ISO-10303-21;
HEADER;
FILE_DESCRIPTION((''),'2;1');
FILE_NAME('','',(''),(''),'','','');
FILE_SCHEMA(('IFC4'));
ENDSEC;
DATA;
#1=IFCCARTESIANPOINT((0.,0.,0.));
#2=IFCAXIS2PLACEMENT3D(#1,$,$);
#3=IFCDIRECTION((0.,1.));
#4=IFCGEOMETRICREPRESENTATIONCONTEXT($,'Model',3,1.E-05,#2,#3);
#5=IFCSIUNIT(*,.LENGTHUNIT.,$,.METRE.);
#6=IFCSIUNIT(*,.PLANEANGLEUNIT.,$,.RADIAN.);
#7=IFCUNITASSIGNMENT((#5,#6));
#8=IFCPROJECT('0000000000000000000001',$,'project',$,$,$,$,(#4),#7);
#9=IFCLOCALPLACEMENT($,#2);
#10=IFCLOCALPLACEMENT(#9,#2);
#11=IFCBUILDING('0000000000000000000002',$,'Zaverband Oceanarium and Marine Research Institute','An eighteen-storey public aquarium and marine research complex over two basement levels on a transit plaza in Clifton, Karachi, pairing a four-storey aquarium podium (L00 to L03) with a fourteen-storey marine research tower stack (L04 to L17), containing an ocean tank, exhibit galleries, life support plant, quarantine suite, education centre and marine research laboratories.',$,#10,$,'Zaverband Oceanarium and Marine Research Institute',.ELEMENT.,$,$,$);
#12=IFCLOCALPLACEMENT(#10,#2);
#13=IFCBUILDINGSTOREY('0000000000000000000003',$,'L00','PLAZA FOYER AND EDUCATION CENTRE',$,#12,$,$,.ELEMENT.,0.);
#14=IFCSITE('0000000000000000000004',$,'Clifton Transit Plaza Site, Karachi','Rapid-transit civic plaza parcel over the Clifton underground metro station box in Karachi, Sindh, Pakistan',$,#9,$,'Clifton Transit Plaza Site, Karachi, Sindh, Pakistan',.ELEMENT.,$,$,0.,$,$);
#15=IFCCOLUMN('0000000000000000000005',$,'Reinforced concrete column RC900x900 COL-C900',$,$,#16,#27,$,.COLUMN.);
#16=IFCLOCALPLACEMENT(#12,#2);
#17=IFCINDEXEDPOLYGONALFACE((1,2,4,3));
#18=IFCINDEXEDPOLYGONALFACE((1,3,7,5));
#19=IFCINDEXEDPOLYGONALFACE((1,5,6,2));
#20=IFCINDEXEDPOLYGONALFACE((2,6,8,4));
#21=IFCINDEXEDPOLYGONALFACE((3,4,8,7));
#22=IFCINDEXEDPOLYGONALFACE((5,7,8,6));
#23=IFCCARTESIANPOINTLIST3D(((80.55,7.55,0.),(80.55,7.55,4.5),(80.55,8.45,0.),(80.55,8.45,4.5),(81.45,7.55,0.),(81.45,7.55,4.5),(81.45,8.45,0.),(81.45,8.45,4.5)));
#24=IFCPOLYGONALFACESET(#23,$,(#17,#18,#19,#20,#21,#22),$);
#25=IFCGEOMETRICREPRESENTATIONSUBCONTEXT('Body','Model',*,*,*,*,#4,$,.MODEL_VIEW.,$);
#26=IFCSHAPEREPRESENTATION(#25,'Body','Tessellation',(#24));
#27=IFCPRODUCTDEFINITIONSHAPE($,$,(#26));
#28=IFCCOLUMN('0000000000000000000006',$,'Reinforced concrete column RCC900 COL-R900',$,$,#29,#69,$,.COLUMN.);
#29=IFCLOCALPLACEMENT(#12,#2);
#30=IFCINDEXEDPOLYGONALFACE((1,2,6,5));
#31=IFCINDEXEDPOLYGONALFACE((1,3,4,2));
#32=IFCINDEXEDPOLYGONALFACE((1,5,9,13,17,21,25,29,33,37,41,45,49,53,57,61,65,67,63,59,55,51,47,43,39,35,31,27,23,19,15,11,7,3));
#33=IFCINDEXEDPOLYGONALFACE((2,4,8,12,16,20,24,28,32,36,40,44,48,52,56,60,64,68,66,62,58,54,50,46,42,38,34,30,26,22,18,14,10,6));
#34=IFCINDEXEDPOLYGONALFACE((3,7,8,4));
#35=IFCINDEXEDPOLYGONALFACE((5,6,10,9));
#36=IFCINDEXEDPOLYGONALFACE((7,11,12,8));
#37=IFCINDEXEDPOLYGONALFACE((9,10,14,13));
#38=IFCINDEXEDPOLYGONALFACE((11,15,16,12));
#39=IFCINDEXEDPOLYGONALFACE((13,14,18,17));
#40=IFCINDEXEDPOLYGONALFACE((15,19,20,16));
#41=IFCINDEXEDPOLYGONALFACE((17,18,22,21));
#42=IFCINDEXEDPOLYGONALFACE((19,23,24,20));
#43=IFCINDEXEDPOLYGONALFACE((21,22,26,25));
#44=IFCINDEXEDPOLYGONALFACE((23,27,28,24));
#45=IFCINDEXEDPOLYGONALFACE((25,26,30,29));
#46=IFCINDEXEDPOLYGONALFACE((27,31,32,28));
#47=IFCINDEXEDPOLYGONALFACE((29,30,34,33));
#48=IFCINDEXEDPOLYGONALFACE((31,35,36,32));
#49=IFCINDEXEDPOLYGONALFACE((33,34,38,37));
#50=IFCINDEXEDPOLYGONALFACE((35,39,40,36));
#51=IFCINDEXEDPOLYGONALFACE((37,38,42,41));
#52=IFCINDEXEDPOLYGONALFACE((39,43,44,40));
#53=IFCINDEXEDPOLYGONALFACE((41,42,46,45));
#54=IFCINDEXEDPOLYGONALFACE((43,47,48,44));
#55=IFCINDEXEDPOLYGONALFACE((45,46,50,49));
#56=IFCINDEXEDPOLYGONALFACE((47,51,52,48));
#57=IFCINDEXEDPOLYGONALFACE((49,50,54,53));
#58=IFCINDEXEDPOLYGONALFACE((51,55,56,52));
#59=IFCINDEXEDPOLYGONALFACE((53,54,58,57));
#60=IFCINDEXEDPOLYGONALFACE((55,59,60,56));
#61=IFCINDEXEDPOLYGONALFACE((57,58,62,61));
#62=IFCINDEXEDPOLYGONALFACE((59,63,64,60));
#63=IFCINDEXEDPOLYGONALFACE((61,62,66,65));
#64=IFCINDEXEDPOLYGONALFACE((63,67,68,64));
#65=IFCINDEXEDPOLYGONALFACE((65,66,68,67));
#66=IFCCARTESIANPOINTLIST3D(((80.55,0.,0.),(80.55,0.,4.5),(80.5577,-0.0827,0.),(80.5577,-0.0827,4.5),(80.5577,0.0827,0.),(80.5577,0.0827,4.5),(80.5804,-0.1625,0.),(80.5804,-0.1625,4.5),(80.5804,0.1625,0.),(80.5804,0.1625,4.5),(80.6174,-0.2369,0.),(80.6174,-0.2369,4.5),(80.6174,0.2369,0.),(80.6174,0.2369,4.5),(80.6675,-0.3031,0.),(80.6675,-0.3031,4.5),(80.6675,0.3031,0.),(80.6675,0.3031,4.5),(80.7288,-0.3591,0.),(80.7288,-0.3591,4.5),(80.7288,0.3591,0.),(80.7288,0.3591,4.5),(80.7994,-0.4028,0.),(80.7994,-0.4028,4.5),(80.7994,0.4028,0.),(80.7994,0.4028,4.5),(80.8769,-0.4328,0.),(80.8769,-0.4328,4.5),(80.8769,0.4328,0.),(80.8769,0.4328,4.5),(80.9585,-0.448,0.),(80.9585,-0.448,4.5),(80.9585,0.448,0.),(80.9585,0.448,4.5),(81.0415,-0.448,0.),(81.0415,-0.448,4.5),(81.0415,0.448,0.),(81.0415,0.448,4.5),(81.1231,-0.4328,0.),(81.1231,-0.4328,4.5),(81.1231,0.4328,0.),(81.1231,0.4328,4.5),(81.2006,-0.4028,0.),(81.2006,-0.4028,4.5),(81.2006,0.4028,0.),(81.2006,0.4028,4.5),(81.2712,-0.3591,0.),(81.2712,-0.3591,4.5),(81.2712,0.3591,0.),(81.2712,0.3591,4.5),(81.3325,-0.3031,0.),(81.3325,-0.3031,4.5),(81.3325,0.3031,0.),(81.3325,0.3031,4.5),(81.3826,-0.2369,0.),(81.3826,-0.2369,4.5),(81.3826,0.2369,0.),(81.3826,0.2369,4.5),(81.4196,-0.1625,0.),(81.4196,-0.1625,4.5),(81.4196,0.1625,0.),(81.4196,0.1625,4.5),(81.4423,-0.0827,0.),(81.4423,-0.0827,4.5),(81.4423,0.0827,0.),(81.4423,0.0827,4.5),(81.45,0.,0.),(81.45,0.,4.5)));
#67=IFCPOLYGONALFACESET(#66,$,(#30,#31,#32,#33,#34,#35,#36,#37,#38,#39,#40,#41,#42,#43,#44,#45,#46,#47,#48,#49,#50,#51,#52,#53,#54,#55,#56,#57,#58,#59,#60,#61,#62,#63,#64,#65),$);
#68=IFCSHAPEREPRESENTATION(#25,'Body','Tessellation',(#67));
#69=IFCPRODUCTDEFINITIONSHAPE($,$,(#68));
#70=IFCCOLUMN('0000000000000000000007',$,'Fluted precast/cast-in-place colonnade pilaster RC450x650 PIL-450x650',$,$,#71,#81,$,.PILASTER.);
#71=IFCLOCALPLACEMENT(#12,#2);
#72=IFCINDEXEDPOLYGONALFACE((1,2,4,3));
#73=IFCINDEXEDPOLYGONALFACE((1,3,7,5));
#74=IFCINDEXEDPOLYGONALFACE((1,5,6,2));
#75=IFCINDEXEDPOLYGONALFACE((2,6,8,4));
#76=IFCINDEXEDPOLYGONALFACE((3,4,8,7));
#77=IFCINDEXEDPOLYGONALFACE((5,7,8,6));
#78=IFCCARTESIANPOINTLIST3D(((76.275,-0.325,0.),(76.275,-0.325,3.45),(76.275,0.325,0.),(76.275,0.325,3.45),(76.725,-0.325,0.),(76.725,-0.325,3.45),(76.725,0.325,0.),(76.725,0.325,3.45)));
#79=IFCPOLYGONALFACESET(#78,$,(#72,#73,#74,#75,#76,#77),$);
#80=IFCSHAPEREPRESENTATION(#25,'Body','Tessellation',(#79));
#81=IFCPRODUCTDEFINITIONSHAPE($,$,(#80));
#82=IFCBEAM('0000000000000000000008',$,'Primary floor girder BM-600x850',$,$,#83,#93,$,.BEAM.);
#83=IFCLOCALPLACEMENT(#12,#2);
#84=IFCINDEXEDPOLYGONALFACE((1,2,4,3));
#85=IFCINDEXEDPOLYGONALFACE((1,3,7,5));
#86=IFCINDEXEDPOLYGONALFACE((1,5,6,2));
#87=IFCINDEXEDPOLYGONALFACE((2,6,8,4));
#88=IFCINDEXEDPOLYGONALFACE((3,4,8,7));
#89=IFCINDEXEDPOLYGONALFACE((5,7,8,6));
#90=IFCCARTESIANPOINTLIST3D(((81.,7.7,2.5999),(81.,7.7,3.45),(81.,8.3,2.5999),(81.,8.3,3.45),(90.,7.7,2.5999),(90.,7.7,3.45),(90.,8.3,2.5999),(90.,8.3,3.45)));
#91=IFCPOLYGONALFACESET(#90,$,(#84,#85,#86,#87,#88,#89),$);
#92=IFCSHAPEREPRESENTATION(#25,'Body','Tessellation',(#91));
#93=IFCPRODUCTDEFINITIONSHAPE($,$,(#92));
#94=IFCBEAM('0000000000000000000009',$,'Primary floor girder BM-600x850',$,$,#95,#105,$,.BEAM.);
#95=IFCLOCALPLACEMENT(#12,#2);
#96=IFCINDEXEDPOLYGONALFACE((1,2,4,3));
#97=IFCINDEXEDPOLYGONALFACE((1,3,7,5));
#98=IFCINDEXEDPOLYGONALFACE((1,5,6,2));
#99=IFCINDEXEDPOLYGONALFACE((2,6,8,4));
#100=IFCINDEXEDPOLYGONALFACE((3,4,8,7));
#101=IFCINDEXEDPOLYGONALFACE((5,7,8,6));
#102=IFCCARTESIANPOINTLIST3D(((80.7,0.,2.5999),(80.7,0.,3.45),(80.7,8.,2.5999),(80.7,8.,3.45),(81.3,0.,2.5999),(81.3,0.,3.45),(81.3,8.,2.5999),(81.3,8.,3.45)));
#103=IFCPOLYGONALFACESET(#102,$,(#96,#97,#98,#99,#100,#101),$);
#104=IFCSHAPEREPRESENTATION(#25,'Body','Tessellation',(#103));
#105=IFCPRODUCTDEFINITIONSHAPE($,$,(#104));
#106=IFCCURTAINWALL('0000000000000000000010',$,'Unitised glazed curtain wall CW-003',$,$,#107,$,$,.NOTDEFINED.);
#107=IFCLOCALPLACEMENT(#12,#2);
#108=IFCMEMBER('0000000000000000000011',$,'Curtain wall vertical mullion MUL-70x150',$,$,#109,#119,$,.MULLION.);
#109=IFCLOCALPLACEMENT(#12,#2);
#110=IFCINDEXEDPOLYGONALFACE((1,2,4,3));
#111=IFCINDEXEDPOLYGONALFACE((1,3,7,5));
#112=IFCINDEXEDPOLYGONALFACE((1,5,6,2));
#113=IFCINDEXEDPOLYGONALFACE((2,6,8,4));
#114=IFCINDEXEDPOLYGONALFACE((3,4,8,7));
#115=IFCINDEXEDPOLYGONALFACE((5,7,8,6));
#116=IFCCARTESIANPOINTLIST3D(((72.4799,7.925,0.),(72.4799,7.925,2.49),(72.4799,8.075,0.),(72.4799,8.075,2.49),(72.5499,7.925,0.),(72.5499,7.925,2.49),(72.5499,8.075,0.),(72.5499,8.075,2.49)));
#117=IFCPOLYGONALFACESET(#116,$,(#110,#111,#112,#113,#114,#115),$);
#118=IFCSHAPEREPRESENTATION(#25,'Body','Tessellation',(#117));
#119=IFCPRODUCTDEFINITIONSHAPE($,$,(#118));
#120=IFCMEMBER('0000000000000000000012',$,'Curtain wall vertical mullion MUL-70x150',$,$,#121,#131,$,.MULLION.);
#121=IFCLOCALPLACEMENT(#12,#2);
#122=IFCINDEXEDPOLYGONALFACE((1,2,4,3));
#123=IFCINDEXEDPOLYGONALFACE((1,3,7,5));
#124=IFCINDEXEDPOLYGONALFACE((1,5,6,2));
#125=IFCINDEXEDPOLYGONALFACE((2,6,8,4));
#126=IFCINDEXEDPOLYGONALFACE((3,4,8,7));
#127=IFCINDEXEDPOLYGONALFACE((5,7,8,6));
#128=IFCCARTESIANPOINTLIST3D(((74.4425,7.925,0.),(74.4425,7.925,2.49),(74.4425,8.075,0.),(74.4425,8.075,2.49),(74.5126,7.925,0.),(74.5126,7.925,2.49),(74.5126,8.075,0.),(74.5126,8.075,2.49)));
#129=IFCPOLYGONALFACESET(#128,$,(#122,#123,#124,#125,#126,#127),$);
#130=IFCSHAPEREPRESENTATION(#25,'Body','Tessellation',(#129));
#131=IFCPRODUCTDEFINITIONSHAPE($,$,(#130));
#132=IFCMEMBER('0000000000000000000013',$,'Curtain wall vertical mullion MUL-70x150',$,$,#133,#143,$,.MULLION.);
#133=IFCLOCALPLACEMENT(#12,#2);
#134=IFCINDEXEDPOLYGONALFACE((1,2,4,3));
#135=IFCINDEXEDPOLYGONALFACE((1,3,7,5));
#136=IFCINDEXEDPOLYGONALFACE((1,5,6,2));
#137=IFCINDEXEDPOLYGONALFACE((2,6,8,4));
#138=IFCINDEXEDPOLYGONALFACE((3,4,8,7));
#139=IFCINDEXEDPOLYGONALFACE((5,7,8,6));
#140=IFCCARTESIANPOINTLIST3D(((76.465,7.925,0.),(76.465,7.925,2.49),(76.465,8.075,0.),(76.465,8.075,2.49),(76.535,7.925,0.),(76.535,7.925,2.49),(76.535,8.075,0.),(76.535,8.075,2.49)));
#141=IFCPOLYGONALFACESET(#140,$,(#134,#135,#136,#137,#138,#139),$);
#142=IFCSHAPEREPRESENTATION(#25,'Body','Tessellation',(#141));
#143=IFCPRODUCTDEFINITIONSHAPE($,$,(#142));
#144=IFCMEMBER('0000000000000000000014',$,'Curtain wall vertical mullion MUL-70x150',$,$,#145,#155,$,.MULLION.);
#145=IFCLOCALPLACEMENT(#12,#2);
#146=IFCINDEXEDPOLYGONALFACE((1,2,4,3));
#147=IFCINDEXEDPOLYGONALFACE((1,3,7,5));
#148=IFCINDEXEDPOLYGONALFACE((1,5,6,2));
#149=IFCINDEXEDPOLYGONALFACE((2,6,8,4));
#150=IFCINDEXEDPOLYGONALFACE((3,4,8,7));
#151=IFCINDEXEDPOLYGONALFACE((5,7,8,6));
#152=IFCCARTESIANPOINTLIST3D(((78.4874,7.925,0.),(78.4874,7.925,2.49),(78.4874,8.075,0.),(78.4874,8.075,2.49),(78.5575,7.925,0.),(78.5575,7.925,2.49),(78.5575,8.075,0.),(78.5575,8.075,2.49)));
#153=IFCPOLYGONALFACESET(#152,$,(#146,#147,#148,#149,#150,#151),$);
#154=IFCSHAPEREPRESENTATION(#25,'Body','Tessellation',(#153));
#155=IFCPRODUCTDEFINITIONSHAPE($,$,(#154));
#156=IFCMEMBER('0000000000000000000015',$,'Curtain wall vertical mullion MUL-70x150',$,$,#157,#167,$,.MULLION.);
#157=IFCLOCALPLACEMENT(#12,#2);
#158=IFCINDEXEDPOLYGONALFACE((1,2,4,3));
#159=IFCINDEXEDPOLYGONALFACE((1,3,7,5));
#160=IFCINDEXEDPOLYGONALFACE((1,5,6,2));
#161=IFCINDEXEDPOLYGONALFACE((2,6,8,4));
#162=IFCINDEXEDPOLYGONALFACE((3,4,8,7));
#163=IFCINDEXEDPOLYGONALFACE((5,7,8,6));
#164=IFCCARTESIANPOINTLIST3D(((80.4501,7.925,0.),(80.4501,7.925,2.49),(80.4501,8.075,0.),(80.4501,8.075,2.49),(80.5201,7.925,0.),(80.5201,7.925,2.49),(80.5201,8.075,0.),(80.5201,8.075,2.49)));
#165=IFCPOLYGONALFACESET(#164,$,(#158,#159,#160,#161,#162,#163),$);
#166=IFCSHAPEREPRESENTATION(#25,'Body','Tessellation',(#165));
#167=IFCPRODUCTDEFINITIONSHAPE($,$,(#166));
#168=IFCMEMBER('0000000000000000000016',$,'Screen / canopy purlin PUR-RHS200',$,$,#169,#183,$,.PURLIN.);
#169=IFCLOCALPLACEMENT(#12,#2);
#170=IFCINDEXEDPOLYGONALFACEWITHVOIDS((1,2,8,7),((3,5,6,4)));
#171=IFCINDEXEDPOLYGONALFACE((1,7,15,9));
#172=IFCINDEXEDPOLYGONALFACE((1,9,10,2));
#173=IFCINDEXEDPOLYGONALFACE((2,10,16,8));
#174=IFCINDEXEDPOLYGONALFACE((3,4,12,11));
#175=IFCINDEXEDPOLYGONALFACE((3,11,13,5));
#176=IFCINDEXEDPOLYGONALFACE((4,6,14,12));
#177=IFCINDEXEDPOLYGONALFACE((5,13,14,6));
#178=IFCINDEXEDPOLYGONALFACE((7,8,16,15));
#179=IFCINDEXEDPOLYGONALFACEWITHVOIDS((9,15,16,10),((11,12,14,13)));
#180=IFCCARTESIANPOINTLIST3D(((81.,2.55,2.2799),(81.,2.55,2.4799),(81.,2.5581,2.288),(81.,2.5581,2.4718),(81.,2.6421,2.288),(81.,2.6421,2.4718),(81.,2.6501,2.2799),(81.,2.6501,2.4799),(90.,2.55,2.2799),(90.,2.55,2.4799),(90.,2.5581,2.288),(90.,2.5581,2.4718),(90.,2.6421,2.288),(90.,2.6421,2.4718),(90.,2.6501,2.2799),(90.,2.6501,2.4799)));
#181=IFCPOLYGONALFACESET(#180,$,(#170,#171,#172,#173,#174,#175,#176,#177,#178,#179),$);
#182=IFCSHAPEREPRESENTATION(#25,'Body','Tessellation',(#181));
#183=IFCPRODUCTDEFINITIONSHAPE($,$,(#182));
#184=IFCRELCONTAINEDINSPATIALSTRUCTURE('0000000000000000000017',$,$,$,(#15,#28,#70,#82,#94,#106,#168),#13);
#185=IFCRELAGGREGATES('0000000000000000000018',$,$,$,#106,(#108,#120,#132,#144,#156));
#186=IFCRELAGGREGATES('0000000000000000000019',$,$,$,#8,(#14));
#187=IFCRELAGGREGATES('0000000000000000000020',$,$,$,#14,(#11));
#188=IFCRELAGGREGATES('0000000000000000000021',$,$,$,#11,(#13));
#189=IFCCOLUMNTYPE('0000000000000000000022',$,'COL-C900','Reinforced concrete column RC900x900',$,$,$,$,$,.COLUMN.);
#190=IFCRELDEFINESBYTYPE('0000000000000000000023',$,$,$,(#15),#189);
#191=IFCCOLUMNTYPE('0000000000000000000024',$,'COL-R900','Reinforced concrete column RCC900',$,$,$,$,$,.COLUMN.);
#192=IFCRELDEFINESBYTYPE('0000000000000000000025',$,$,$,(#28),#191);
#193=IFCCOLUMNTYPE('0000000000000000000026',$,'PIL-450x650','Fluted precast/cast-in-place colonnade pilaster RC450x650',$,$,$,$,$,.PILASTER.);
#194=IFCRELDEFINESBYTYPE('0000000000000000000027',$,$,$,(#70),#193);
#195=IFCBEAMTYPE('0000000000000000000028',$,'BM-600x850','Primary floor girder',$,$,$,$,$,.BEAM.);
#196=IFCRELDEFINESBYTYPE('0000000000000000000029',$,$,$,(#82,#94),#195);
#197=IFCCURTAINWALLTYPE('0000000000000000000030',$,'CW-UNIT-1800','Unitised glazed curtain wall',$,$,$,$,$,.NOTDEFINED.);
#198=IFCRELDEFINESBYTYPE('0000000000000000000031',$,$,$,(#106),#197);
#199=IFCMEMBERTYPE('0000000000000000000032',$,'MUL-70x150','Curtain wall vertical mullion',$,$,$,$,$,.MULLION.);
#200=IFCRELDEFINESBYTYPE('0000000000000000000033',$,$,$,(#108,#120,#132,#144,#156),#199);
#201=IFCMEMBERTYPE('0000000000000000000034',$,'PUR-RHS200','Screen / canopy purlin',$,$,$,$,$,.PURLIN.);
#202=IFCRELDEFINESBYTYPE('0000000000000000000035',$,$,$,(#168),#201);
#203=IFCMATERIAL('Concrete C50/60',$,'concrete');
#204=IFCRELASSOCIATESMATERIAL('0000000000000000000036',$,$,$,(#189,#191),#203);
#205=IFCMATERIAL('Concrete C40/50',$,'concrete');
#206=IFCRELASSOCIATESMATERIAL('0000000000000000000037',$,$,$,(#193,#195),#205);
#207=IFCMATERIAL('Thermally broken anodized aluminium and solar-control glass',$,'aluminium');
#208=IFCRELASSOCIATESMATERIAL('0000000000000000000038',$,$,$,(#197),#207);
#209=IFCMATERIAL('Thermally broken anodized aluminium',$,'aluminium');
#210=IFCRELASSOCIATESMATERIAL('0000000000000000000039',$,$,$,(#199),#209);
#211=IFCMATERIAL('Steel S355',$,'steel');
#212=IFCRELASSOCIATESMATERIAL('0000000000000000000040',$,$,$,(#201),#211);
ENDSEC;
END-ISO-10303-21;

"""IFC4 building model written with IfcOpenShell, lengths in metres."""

from ifc_helpers import new_model, si_unit, direction, frame, origin, origin_2d, place, context, subcontext, project, spatial, rectangle, hollow_rectangle, circle, extrude, material, material_profile, profile_set, type_object, element, aggregate, save


model = new_model("IFC4")

# Units and contexts
model_context = context("Model", 3, precision=1e-05, world=origin(), true_north=direction((0.0, 1.0)))
body_context = subcontext(model_context, "Body", "Model", "MODEL_VIEW")
ifc_project = project(units=[si_unit("LENGTHUNIT", "METRE"), si_unit("PLANEANGLEUNIT", "RADIAN")], contexts=[model_context])

# Site, building, storey
site_placement = place(None, origin())
site = spatial("IfcSite", under=ifc_project, at=site_placement, Name="Clifton Transit Plaza Site, Karachi", Description="Rapid-transit civic plaza parcel over the Clifton underground metro station box in Karachi, Sindh, Pakistan", LongName="Clifton Transit Plaza Site, Karachi, Sindh, Pakistan", CompositionType="ELEMENT", RefElevation=0.0)
building_placement = place(site_placement, origin())
building = spatial("IfcBuilding", under=site, at=building_placement, Name="Zaverband Oceanarium and Marine Research Institute", Description="An eighteen-storey public aquarium and marine research complex over two basement levels on a transit plaza in Clifton, Karachi, pairing a four-storey aquarium podium (L00 to L03) with a fourteen-storey marine research tower stack (L04 to L17), containing an ocean tank, exhibit galleries, life support plant, quarantine suite, education centre and marine research laboratories.", LongName="Zaverband Oceanarium and Marine Research Institute", CompositionType="ELEMENT")
storey_placement = place(building_placement, origin())
storey = spatial("IfcBuildingStorey", under=building, at=storey_placement, Name="L00", Description="PLAZA FOYER AND EDUCATION CENTRE", CompositionType="ELEMENT", Elevation=0.0)

# Columns
ifc_material_1 = material(Name="Concrete C50/60", Category="concrete")
ifc_material_profile_1 = material_profile(ifc_material_1, rectangle(XDim=0.8999, YDim=0.8999, at=origin_2d()), Name="RC900x900")
ifc_profile_set_1 = profile_set([ifc_material_profile_1], Name="Concrete C50/60")
column_type_1 = type_object("IfcColumnType", Name="COL-C900", Description="Reinforced concrete column RC900x900", PredefinedType="COLUMN", material=ifc_profile_set_1)
column_1_placement = place(storey_placement, frame((81.0, 8.0, 0.0), z_axis=(0.0, 0.0, 1.0), x_axis=(1.0, 0.0, 0.0)))
element("IfcColumn", 1, at=column_1_placement, inside=storey, type_object=column_type_1, Name="Reinforced concrete column RC900x900 COL-C900", PredefinedType="COLUMN", context=body_context, shape_type="SweptSolid", body=[
    extrude(rectangle(XDim=0.8999, YDim=0.8999, at=origin_2d()), origin(), (0.0, 0.0, 1.0), 4.5),
])
ifc_material_profile_2 = material_profile(ifc_material_1, circle(Radius=0.45, at=origin_2d()), Name="RCC900")
ifc_profile_set_2 = profile_set([ifc_material_profile_2], Name="Concrete C50/60")
column_type_2 = type_object("IfcColumnType", Name="COL-R900", Description="Reinforced concrete column RCC900", PredefinedType="COLUMN", material=ifc_profile_set_2)
column_2_placement = place(storey_placement, frame((81.0, 0.0, 0.0), z_axis=(0.0, 0.0, 1.0), x_axis=(1.0, 0.0, 0.0)))
element("IfcColumn", 2, at=column_2_placement, inside=storey, type_object=column_type_2, Name="Reinforced concrete column RCC900 COL-R900", PredefinedType="COLUMN", context=body_context, shape_type="SweptSolid", body=[
    extrude(circle(Radius=0.45, at=origin_2d()), origin(), (0.0, 0.0, 1.0), 4.5),
])
ifc_material_2 = material(Name="Concrete C40/50", Category="concrete")
ifc_material_profile_3 = material_profile(ifc_material_2, rectangle(XDim=0.45, YDim=0.6499, at=origin_2d()), Name="RC450x650")
ifc_profile_set_3 = profile_set([ifc_material_profile_3], Name="Concrete C40/50")
column_type_3 = type_object("IfcColumnType", Name="PIL-450x650", Description="Fluted precast/cast-in-place colonnade pilaster RC450x650", PredefinedType="PILASTER", material=ifc_profile_set_3)
column_3_placement = place(storey_placement, frame((76.5, 0.0, 0.0), z_axis=(0.0, 0.0, 1.0), x_axis=(1.0, 0.0, 0.0)))
element("IfcColumn", 3, at=column_3_placement, inside=storey, type_object=column_type_3, Name="Fluted precast/cast-in-place colonnade pilaster RC450x650 PIL-450x650", PredefinedType="PILASTER", context=body_context, shape_type="SweptSolid", body=[
    extrude(rectangle(XDim=0.45, YDim=0.6499, at=origin_2d()), origin(), (0.0, 0.0, 1.0), 3.45),
])

# Beams
ifc_material_profile_4 = material_profile(ifc_material_2, rectangle(XDim=0.6001, YDim=0.8501, at=origin_2d()), Name="RC600x850")
ifc_profile_set_4 = profile_set([ifc_material_profile_4], Name="Concrete C40/50")
beam_type_1 = type_object("IfcBeamType", Name="BM-600x850", Description="Primary floor girder", PredefinedType="BEAM", material=ifc_profile_set_4)
beam_1_placement = place(storey_placement, frame((81.0, 8.0, 3.0249), z_axis=(1.0, 0.0, 0.0), x_axis=(0.0, 1.0, 0.0)))
element("IfcBeam", 4, at=beam_1_placement, inside=storey, type_object=beam_type_1, Name="Primary floor girder BM-600x850", PredefinedType="BEAM", context=body_context, shape_type="SweptSolid", body=[
    extrude(rectangle(XDim=0.6001, YDim=0.8501, at=origin_2d()), origin(), (0.0, 0.0, 1.0), 9.0),
])
beam_2_placement = place(storey_placement, frame((81.0, 0.0, 3.0249), z_axis=(0.0, 1.0, 0.0), x_axis=(-1.0, 0.0, 0.0)))
element("IfcBeam", 5, at=beam_2_placement, inside=storey, type_object=beam_type_1, Name="Primary floor girder BM-600x850", PredefinedType="BEAM", context=body_context, shape_type="SweptSolid", body=[
    extrude(rectangle(XDim=0.6001, YDim=0.8501, at=origin_2d()), origin(), (0.0, 0.0, 1.0), 8.0),
])

# Curtain wall, members
ifc_material_3 = material(Name="Thermally broken anodized aluminium and solar-control glass", Category="aluminium")
curtain_wall_type = type_object("IfcCurtainWallType", Name="CW-UNIT-1800", Description="Unitised glazed curtain wall", PredefinedType="NOTDEFINED", material=ifc_material_3)
curtain_wall_placement = place(storey_placement, origin())
curtain_wall = element("IfcCurtainWall", 6, at=curtain_wall_placement, inside=storey, type_object=curtain_wall_type, Name="Unitised glazed curtain wall CW-003", PredefinedType="NOTDEFINED")
ifc_material_4 = material(Name="Thermally broken anodized aluminium", Category="aluminium")
ifc_material_profile_5 = material_profile(ifc_material_4, rectangle(XDim=0.0701, YDim=0.1499, at=origin_2d()), Name="AL-MUL-70x150")
ifc_profile_set_5 = profile_set([ifc_material_profile_5], Name="Thermally broken anodized aluminium")
member_type_1 = type_object("IfcMemberType", Name="MUL-70x150", Description="Curtain wall vertical mullion", PredefinedType="MULLION", material=ifc_profile_set_5)
member_1_placement = place(storey_placement, frame((72.5149, 8.0, 0.0), z_axis=(0.0, 0.0, 1.0), x_axis=(1.0, 0.0, 0.0)))
member_1 = element("IfcMember", 7, at=member_1_placement, type_object=member_type_1, Name="Curtain wall vertical mullion MUL-70x150", PredefinedType="MULLION", context=body_context, shape_type="SweptSolid", body=[
    extrude(rectangle(XDim=0.0701, YDim=0.1499, at=origin_2d()), origin(), (0.0, 0.0, 1.0), 2.49),
])
member_2_placement = place(storey_placement, frame((74.4775, 8.0, 0.0), z_axis=(0.0, 0.0, 1.0), x_axis=(1.0, 0.0, 0.0)))
member_2 = element("IfcMember", 8, at=member_2_placement, type_object=member_type_1, Name="Curtain wall vertical mullion MUL-70x150", PredefinedType="MULLION", context=body_context, shape_type="SweptSolid", body=[
    extrude(rectangle(XDim=0.0701, YDim=0.1499, at=origin_2d()), origin(), (0.0, 0.0, 1.0), 2.49),
])
member_3_placement = place(storey_placement, frame((76.5, 8.0, 0.0), z_axis=(0.0, 0.0, 1.0), x_axis=(1.0, 0.0, 0.0)))
member_3 = element("IfcMember", 9, at=member_3_placement, type_object=member_type_1, Name="Curtain wall vertical mullion MUL-70x150", PredefinedType="MULLION", context=body_context, shape_type="SweptSolid", body=[
    extrude(rectangle(XDim=0.0701, YDim=0.1499, at=origin_2d()), origin(), (0.0, 0.0, 1.0), 2.49),
])
member_4_placement = place(storey_placement, frame((78.5225, 8.0, 0.0), z_axis=(0.0, 0.0, 1.0), x_axis=(1.0, 0.0, 0.0)))
member_4 = element("IfcMember", 10, at=member_4_placement, type_object=member_type_1, Name="Curtain wall vertical mullion MUL-70x150", PredefinedType="MULLION", context=body_context, shape_type="SweptSolid", body=[
    extrude(rectangle(XDim=0.0701, YDim=0.1499, at=origin_2d()), origin(), (0.0, 0.0, 1.0), 2.49),
])
member_5_placement = place(storey_placement, frame((80.4851, 8.0, 0.0), z_axis=(0.0, 0.0, 1.0), x_axis=(1.0, 0.0, 0.0)))
member_5 = element("IfcMember", 11, at=member_5_placement, type_object=member_type_1, Name="Curtain wall vertical mullion MUL-70x150", PredefinedType="MULLION", context=body_context, shape_type="SweptSolid", body=[
    extrude(rectangle(XDim=0.0701, YDim=0.1499, at=origin_2d()), origin(), (0.0, 0.0, 1.0), 2.49),
])

# Member
ifc_material_5 = material(Name="Steel S355", Category="steel")
ifc_material_profile_6 = material_profile(ifc_material_5, hollow_rectangle(XDim=0.1001, YDim=0.2, WallThickness=0.0081, at=origin_2d()), Name="RHS200x100x8")
ifc_profile_set_6 = profile_set([ifc_material_profile_6], Name="Steel S355")
member_type_2 = type_object("IfcMemberType", Name="PUR-RHS200", Description="Screen / canopy purlin", PredefinedType="PURLIN", material=ifc_profile_set_6)
for number, where, z_axis, x_axis, name in (
    (12, (81.0, 2.6001, 2.3799), (1.0, 0.0, 0.0), (0.0, 1.0, 0.0), "Screen / canopy purlin PUR-RHS200"),
):
    element("IfcMember", number, at=place(storey_placement, frame(where, z_axis=z_axis, x_axis=x_axis)), inside=storey, type_object=member_type_2, Name=name, PredefinedType="PURLIN", context=body_context, shape_type="SweptSolid", body=[
        extrude(hollow_rectangle(XDim=0.1001, YDim=0.2, WallThickness=0.0081, at=origin_2d()), origin(), (0.0, 0.0, 1.0), 9.0),
    ])

aggregate(curtain_wall, [member_1, member_2, member_3, member_4, member_5])

save(model, "model.ifc")
